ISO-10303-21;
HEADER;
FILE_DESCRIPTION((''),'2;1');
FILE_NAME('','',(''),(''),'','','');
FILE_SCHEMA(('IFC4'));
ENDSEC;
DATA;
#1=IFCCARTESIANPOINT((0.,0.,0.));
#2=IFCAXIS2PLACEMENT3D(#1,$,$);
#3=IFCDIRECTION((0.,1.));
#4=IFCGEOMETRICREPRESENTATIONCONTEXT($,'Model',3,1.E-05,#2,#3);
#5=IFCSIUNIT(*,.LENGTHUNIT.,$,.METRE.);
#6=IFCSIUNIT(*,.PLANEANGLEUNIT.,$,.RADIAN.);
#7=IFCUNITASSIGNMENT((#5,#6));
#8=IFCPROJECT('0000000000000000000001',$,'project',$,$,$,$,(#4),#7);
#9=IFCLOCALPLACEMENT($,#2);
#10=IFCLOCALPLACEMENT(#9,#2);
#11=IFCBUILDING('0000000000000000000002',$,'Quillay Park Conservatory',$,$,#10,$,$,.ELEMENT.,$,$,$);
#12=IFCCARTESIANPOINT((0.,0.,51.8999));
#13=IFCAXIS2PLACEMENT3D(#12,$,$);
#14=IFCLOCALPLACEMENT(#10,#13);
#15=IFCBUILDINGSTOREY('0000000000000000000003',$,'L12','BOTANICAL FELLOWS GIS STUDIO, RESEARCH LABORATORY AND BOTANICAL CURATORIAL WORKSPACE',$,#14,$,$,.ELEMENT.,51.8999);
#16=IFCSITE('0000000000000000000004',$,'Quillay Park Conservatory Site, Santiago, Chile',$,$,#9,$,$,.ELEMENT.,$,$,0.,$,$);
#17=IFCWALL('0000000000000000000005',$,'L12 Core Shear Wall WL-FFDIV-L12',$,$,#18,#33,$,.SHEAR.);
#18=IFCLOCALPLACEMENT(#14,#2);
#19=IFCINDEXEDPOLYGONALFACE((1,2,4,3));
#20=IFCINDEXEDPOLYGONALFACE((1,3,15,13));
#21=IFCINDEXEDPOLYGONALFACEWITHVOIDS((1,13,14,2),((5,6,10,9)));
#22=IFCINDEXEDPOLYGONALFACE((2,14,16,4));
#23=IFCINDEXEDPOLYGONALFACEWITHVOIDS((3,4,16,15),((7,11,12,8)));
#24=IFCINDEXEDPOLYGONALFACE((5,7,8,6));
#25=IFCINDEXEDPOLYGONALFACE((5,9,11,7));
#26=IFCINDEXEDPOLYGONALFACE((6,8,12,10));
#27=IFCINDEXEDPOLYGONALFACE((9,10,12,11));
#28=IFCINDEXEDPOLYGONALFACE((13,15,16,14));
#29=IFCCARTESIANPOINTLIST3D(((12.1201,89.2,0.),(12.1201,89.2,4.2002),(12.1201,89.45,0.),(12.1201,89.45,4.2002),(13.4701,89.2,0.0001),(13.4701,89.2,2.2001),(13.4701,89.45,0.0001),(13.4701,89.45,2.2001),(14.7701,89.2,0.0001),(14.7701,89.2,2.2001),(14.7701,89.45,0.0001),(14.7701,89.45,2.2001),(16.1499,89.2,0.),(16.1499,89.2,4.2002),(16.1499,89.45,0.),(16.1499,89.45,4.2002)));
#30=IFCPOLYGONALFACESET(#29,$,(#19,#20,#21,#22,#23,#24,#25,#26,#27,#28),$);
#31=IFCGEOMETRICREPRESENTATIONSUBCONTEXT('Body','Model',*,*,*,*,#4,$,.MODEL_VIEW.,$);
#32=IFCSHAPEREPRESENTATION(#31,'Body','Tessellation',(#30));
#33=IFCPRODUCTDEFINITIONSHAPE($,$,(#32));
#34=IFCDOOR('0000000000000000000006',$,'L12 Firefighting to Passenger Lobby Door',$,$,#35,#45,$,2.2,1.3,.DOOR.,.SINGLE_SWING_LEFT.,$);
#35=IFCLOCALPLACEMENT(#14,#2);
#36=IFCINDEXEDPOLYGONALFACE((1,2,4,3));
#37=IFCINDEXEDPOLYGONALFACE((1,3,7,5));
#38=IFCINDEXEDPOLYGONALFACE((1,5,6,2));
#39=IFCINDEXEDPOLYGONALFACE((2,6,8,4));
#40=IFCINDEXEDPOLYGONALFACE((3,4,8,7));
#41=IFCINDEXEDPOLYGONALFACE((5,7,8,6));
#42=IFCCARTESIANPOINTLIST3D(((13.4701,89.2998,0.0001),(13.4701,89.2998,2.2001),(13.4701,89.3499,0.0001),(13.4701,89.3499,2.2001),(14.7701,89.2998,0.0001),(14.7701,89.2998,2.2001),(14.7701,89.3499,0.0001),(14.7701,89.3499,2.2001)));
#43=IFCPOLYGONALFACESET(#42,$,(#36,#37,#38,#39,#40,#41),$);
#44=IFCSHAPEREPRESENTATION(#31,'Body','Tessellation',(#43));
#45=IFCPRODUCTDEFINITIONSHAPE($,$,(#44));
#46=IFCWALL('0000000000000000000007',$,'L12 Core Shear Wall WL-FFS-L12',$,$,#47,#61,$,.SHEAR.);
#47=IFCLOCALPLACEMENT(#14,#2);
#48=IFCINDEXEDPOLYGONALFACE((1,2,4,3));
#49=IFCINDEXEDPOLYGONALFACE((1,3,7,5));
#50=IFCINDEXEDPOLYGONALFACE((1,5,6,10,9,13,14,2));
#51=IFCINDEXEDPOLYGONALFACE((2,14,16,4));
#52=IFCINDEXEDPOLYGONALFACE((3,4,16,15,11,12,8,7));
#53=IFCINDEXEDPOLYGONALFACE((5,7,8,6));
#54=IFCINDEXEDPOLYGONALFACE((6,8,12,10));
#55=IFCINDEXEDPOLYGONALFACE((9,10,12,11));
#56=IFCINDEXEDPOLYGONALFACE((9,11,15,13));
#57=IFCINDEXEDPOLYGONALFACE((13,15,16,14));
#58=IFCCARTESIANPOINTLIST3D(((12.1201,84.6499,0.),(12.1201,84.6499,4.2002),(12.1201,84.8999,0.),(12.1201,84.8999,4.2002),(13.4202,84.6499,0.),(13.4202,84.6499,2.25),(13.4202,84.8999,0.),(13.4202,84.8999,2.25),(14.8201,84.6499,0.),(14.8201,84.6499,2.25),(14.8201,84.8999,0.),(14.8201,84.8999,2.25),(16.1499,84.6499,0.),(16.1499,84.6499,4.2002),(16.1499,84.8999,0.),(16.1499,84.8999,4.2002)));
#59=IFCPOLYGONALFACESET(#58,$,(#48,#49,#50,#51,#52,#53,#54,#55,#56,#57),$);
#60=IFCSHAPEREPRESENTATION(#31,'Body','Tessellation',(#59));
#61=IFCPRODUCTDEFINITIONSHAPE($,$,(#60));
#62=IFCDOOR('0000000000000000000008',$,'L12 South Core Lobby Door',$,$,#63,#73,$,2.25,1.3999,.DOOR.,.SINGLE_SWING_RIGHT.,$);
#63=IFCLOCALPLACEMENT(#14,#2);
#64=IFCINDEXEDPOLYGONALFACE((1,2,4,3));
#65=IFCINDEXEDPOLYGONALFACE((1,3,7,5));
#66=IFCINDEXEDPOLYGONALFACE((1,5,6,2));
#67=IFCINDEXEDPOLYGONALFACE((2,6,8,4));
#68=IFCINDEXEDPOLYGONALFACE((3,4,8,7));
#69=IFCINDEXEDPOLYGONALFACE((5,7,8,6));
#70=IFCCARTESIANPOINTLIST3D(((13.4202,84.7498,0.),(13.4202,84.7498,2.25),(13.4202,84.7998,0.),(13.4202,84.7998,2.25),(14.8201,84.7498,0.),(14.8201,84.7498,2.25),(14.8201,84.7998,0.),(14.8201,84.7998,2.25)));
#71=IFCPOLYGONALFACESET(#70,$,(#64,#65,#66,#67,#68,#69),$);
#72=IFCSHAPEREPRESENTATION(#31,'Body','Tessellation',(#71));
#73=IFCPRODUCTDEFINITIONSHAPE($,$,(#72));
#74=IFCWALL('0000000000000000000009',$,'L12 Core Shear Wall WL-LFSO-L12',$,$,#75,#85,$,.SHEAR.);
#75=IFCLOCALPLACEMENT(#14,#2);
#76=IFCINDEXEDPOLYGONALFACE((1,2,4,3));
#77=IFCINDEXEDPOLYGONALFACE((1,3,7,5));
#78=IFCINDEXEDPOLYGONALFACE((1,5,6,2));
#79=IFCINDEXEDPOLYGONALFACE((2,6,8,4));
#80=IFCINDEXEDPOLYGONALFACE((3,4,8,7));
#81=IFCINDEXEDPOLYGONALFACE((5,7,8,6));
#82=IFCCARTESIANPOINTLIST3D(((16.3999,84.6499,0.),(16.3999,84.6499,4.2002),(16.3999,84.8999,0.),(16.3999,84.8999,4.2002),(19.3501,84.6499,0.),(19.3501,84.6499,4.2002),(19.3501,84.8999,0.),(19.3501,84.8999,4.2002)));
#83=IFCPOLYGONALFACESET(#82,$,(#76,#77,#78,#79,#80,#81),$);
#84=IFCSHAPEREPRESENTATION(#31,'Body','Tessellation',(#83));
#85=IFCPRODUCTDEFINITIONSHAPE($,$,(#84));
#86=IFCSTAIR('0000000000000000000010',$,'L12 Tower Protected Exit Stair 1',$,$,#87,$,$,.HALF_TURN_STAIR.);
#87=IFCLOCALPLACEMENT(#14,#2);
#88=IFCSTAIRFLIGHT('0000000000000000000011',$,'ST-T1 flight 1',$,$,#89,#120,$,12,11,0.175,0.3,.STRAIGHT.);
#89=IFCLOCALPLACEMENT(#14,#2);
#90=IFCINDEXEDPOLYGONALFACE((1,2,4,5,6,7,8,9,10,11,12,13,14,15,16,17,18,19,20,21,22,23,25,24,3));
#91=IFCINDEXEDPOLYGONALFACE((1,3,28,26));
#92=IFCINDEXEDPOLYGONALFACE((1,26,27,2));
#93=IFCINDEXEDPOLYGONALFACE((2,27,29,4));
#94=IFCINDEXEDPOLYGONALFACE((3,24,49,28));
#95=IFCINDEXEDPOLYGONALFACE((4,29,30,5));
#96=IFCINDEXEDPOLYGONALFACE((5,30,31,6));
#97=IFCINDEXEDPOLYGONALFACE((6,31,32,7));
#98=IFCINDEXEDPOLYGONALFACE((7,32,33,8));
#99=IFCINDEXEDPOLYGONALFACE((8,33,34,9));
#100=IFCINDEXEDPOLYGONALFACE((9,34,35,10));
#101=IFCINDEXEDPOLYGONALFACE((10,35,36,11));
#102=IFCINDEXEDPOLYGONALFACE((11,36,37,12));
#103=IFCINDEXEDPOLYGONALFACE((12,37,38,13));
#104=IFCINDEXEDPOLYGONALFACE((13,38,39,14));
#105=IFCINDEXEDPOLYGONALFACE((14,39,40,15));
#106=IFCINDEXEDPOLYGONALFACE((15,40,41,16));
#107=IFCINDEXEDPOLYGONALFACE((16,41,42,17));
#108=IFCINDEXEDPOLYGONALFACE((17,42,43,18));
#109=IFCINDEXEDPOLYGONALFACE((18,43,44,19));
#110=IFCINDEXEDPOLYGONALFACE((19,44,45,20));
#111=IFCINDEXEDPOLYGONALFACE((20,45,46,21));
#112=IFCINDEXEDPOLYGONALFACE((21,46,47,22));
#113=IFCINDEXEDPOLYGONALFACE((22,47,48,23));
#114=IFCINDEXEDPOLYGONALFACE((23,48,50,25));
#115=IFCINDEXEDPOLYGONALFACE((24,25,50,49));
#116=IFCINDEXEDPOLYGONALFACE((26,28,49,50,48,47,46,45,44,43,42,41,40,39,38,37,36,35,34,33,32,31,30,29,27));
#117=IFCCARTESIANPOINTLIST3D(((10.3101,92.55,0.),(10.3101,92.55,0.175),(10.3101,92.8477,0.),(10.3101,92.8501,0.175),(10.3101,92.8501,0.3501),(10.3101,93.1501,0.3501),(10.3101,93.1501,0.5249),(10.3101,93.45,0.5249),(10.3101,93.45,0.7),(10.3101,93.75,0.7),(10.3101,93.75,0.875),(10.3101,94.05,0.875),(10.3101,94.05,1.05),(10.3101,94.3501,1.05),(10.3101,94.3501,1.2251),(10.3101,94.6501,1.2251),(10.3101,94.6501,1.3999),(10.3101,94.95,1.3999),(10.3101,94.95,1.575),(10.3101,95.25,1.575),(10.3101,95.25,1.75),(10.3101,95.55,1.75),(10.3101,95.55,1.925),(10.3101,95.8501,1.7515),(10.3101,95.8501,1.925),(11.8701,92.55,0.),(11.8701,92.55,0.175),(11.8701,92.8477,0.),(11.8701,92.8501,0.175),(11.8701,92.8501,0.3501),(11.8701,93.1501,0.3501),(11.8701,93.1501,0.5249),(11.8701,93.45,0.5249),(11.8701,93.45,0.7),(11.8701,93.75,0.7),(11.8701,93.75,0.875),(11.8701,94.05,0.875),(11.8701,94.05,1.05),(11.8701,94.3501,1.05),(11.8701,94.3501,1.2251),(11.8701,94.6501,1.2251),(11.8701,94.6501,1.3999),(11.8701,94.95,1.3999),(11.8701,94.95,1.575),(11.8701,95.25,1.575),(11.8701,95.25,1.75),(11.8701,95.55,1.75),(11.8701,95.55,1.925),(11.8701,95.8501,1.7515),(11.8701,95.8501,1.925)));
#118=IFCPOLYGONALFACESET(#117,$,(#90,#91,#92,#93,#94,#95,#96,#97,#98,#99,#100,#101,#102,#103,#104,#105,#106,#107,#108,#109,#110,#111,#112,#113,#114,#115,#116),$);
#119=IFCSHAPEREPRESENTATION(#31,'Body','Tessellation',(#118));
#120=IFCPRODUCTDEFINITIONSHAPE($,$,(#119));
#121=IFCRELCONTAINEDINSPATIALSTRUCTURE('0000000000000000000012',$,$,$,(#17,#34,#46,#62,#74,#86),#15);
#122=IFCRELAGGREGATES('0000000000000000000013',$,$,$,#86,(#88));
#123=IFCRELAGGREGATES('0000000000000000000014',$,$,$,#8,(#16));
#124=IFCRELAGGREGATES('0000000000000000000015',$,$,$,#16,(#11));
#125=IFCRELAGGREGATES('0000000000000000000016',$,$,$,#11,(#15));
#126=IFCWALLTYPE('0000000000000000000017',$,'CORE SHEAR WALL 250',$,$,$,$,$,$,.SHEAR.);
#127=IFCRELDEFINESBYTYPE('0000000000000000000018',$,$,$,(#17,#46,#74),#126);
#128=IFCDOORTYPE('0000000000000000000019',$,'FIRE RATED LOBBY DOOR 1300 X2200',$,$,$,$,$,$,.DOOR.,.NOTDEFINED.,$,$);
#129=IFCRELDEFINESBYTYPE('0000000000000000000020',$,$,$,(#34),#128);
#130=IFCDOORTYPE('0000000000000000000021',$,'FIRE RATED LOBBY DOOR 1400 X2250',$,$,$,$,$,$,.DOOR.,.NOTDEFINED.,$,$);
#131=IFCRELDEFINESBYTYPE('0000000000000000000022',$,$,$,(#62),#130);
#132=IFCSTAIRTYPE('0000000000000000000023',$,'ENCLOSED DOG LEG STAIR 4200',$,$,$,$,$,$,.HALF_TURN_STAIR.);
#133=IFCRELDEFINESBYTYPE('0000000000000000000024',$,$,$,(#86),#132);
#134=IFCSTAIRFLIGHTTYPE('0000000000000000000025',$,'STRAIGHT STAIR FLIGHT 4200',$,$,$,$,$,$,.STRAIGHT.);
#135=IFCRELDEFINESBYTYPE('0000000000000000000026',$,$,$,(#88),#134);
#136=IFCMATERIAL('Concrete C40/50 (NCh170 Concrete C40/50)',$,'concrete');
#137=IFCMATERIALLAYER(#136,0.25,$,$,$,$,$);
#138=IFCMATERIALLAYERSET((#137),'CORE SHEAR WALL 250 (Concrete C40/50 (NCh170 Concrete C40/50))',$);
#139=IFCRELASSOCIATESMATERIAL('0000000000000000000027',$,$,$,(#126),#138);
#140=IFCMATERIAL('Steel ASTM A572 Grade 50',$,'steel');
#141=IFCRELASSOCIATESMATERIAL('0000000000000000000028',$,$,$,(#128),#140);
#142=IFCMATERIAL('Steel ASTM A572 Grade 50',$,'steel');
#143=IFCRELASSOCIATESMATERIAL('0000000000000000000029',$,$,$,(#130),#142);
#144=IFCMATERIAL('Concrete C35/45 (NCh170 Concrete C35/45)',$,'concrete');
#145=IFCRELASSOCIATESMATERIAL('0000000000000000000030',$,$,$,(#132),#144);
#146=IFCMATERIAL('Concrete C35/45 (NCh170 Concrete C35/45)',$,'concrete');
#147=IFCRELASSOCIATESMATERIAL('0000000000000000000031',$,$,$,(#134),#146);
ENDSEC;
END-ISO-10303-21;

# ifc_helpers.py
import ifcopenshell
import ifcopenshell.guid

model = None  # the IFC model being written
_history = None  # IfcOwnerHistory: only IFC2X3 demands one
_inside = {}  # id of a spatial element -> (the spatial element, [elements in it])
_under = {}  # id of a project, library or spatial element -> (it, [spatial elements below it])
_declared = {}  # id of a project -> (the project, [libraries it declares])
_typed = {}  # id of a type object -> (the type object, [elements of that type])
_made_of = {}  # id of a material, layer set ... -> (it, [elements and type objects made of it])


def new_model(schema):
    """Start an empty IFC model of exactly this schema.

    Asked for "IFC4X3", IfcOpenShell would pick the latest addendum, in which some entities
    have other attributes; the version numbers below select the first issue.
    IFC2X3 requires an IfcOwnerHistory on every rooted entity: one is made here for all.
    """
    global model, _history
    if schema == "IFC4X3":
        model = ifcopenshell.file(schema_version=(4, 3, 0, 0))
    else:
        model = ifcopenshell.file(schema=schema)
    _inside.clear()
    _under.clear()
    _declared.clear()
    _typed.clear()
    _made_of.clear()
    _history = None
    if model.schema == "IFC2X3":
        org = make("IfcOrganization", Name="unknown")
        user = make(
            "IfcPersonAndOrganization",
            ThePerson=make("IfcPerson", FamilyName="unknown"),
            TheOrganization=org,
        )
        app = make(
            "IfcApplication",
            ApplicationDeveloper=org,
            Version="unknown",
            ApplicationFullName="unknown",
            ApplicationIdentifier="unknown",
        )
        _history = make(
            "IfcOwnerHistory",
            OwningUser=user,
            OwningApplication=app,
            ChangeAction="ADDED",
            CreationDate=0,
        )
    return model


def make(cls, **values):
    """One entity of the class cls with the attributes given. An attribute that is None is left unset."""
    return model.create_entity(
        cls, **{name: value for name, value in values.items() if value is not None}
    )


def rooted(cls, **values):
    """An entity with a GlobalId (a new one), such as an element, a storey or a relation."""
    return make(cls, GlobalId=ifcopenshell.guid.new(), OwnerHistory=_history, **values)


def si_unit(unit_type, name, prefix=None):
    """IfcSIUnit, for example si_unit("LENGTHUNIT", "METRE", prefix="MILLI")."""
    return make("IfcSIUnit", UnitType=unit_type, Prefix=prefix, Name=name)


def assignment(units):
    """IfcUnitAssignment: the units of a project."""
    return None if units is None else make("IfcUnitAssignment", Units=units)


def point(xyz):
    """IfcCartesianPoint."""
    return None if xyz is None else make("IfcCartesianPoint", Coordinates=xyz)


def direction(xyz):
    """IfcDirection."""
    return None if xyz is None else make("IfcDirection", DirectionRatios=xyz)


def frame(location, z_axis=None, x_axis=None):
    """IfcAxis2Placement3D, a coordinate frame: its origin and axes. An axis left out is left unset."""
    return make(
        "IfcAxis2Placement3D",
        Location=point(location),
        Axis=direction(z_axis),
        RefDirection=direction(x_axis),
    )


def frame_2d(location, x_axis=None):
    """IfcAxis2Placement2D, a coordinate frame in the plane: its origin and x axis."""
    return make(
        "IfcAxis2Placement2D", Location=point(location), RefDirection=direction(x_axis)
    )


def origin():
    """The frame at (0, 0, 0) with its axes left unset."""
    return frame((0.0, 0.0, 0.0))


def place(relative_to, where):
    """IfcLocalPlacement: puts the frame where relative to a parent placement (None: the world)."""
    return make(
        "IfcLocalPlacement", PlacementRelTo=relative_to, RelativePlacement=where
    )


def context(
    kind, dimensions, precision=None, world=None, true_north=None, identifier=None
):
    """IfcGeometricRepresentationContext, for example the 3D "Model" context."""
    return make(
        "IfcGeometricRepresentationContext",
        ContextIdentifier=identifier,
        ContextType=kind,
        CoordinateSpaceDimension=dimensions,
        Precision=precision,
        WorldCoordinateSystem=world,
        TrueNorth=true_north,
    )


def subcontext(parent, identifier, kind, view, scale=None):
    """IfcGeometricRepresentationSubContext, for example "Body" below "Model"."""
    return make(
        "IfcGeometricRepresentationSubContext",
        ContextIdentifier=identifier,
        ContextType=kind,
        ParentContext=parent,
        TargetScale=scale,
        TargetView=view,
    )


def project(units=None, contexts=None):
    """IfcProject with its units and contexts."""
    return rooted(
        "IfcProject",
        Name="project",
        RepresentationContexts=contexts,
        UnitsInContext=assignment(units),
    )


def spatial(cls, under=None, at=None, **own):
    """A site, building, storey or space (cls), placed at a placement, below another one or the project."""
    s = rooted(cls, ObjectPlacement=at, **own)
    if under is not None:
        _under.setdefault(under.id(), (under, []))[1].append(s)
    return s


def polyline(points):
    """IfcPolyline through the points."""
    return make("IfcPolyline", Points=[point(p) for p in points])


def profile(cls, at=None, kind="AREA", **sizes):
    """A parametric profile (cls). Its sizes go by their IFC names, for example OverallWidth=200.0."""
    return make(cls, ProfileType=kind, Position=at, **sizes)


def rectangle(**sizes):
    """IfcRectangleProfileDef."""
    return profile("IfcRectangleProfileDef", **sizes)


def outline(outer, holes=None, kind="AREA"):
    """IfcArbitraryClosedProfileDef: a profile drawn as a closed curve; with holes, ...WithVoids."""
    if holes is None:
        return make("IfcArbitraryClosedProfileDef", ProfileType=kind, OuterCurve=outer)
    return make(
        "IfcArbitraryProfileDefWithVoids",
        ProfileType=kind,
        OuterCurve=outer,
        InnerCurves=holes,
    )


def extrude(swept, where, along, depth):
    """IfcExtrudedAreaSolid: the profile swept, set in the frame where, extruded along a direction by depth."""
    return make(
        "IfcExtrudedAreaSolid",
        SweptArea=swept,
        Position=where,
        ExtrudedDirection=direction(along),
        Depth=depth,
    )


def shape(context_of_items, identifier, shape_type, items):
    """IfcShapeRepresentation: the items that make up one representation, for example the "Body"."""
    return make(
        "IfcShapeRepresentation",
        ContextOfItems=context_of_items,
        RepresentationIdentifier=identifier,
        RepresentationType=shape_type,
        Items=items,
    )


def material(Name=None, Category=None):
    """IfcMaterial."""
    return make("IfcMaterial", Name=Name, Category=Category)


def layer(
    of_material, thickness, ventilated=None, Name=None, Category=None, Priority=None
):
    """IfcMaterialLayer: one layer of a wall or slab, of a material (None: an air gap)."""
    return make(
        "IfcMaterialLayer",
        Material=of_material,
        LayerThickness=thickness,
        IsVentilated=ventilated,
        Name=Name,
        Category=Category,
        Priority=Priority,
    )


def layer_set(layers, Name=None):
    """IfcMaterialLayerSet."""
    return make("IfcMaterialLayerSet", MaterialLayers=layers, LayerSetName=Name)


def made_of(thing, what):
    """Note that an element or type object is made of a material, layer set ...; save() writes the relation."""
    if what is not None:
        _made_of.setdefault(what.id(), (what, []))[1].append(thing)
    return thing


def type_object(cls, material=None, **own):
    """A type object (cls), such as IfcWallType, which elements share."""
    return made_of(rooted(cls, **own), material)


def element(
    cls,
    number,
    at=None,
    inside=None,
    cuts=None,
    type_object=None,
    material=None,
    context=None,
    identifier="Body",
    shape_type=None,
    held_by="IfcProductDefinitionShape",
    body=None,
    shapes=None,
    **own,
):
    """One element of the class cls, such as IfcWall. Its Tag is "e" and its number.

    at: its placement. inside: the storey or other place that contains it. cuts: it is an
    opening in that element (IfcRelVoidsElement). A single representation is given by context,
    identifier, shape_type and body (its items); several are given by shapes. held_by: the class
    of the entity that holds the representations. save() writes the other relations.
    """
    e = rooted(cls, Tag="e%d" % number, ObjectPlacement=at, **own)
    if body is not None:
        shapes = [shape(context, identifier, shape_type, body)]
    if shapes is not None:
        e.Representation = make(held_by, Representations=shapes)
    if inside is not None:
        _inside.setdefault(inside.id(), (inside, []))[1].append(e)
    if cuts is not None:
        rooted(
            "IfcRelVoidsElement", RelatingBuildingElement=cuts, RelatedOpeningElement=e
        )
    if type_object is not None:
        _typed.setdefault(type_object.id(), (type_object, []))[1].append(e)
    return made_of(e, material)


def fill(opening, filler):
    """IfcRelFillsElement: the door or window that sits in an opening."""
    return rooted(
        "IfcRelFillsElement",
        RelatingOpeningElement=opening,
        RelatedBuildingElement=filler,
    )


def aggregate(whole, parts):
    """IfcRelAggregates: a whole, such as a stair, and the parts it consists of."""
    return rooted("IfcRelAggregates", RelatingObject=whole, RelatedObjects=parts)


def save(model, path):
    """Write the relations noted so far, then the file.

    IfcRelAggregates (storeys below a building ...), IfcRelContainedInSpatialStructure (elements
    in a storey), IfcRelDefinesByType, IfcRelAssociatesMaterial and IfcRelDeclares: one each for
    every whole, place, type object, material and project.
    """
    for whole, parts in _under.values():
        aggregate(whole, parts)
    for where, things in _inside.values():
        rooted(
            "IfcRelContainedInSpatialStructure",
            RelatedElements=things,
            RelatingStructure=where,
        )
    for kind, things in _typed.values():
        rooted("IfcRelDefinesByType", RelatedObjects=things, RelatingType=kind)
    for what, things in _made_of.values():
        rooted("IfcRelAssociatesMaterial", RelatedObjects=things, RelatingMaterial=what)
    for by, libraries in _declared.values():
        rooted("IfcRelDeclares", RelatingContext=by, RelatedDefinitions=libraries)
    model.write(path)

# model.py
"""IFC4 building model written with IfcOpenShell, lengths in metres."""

from ifc_helpers import new_model, si_unit, direction, frame, frame_2d, origin, place, context, subcontext, project, spatial, polyline, rectangle, outline, extrude, material, layer, layer_set, type_object, element, fill, aggregate, save


model = new_model("IFC4")

# Units and contexts
model_context = context("Model", 3, precision=1e-05, world=origin(), true_north=direction((0.0, 1.0)))
body_context = subcontext(model_context, "Body", "Model", "MODEL_VIEW")
ifc_project = project(units=[si_unit("LENGTHUNIT", "METRE"), si_unit("PLANEANGLEUNIT", "RADIAN")], contexts=[model_context])

# Site, building, storey
site_placement = place(None, origin())
site = spatial("IfcSite", under=ifc_project, at=site_placement, Name="Quillay Park Conservatory Site, Santiago, Chile", CompositionType="ELEMENT", RefElevation=0.0)
building_placement = place(site_placement, origin())
building = spatial("IfcBuilding", under=site, at=building_placement, Name="Quillay Park Conservatory", CompositionType="ELEMENT")
storey_placement = place(building_placement, frame((0.0, 0.0, 51.8999)))
storey = spatial("IfcBuildingStorey", under=building, at=storey_placement, Name="L12", Description="BOTANICAL FELLOWS GIS STUDIO, RESEARCH LABORATORY AND BOTANICAL CURATORIAL WORKSPACE", CompositionType="ELEMENT", Elevation=51.8999)

# Shared definitions
ifc_material_1 = material(Name="Concrete C40/50 (NCh170 Concrete C40/50)", Category="concrete")
ifc_layer_1 = layer(ifc_material_1, 0.25)
ifc_layer_set_1 = layer_set([ifc_layer_1], Name="CORE SHEAR WALL 250 (Concrete C40/50 (NCh170 Concrete C40/50))")
wall_type_1 = type_object("IfcWallType", Name="CORE SHEAR WALL 250", PredefinedType="SHEAR", material=ifc_layer_set_1)

# Walls, openings, doors
wall_1_placement = place(storey_placement, frame((12.1201, 89.325, 0.0), z_axis=(0.0, 0.0, 1.0), x_axis=(1.0, 0.0, 0.0)))
wall_1 = element("IfcWall", 1, at=wall_1_placement, inside=storey, type_object=wall_type_1, Name="L12 Core Shear Wall WL-FFDIV-L12", PredefinedType="SHEAR", context=body_context, shape_type="SweptSolid", body=[
    extrude(rectangle(XDim=4.0298, YDim=0.25, at=frame_2d((2.0149, 0.0))), origin(), (0.0, 0.0, 1.0), 4.2002),
])
opening_1_placement = place(wall_1_placement, frame((1.3501, 0.0, 0.0)))
opening_1 = element("IfcOpeningElement", 2, at=opening_1_placement, cuts=wall_1, PredefinedType="OPENING", context=body_context, shape_type="SweptSolid", body=[
    extrude(rectangle(XDim=1.3, YDim=2.2, at=frame_2d((0.6499, 1.1001))), frame((0.0, 0.125, 0.0), z_axis=(0.0, -1.0, 0.0), x_axis=(1.0, 0.0, 0.0)), (0.0, 0.0, 1.0), 0.25),
])
ifc_material_2 = material(Name="Steel ASTM A572 Grade 50", Category="steel")
door_type_1 = type_object("IfcDoorType", Name="FIRE RATED LOBBY DOOR 1300 X2200", OperationType="NOTDEFINED", PredefinedType="DOOR", material=ifc_material_2)
door_1_placement = place(opening_1_placement, origin())
door_1 = element("IfcDoor", 3, at=door_1_placement, inside=storey, type_object=door_type_1, Name="L12 Firefighting to Passenger Lobby Door", OperationType="SINGLE_SWING_LEFT", OverallHeight=2.2, OverallWidth=1.3, PredefinedType="DOOR", context=body_context, shape_type="SweptSolid", body=[
    extrude(rectangle(XDim=1.3, YDim=2.2, at=frame_2d((0.6499, 1.1001))), frame((0.0, 0.0249, 0.0), z_axis=(0.0, -1.0, 0.0), x_axis=(1.0, 0.0, 0.0)), (0.0, 0.0, 1.0), 0.05),
])
fill(opening_1, door_1)
wall_2_placement = place(storey_placement, frame((12.1201, 84.7749, 0.0), z_axis=(0.0, 0.0, 1.0), x_axis=(1.0, 0.0, 0.0)))
wall_2 = element("IfcWall", 4, at=wall_2_placement, inside=storey, type_object=wall_type_1, Name="L12 Core Shear Wall WL-FFS-L12", PredefinedType="SHEAR", context=body_context, shape_type="SweptSolid", body=[
    extrude(rectangle(XDim=4.0298, YDim=0.25, at=frame_2d((2.0149, 0.0))), origin(), (0.0, 0.0, 1.0), 4.2002),
])
opening_2_placement = place(wall_2_placement, frame((1.3, 0.0, 0.0)))
opening_2 = element("IfcOpeningElement", 5, at=opening_2_placement, cuts=wall_2, PredefinedType="OPENING", context=body_context, shape_type="SweptSolid", body=[
    extrude(rectangle(XDim=1.3999, YDim=2.25, at=frame_2d((0.7, 1.125))), frame((0.0, 0.125, 0.0), z_axis=(0.0, -1.0, 0.0), x_axis=(1.0, 0.0, 0.0)), (0.0, 0.0, 1.0), 0.25),
])
ifc_material_3 = material(Name="Steel ASTM A572 Grade 50", Category="steel")
door_type_2 = type_object("IfcDoorType", Name="FIRE RATED LOBBY DOOR 1400 X2250", OperationType="NOTDEFINED", PredefinedType="DOOR", material=ifc_material_3)
door_2_placement = place(opening_2_placement, origin())
door_2 = element("IfcDoor", 6, at=door_2_placement, inside=storey, type_object=door_type_2, Name="L12 South Core Lobby Door", OperationType="SINGLE_SWING_RIGHT", OverallHeight=2.25, OverallWidth=1.3999, PredefinedType="DOOR", context=body_context, shape_type="SweptSolid", body=[
    extrude(rectangle(XDim=1.3999, YDim=2.25, at=frame_2d((0.7, 1.125))), frame((0.0, 0.0249, 0.0), z_axis=(0.0, -1.0, 0.0), x_axis=(1.0, 0.0, 0.0)), (0.0, 0.0, 1.0), 0.05),
])
fill(opening_2, door_2)

# Wall
wall_3_placement = place(storey_placement, frame((16.3999, 84.7749, 0.0), z_axis=(0.0, 0.0, 1.0), x_axis=(1.0, 0.0, 0.0)))
element("IfcWall", 7, at=wall_3_placement, inside=storey, type_object=wall_type_1, Name="L12 Core Shear Wall WL-LFSO-L12", PredefinedType="SHEAR", context=body_context, shape_type="SweptSolid", body=[
    extrude(rectangle(XDim=2.9502, YDim=0.25, at=frame_2d((1.4751, 0.0))), origin(), (0.0, 0.0, 1.0), 4.2002),
])

# Stair, stair flight
ifc_material_4 = material(Name="Concrete C35/45 (NCh170 Concrete C35/45)", Category="concrete")
stair_type = type_object("IfcStairType", Name="ENCLOSED DOG LEG STAIR 4200", PredefinedType="HALF_TURN_STAIR", material=ifc_material_4)
stair_placement = place(storey_placement, origin())
stair = element("IfcStair", 8, at=stair_placement, inside=storey, type_object=stair_type, Name="L12 Tower Protected Exit Stair 1", PredefinedType="HALF_TURN_STAIR")
ifc_material_5 = material(Name="Concrete C35/45 (NCh170 Concrete C35/45)", Category="concrete")
stair_flight_type = type_object("IfcStairFlightType", Name="STRAIGHT STAIR FLIGHT 4200", PredefinedType="STRAIGHT", material=ifc_material_5)
stair_flight_placement = place(storey_placement, frame((11.0901, 92.55, 0.0), z_axis=(0.0, 0.0, 1.0), x_axis=(0.0, 1.0, 0.0)))
stair_flight = element("IfcStairFlight", 9, at=stair_flight_placement, type_object=stair_flight_type, Name="ST-T1 flight 1", NumberOfRisers=12, NumberOfTreads=11, PredefinedType="STRAIGHT", RiserHeight=0.175, TreadLength=0.3, context=body_context, shape_type="SweptSolid", body=[
    extrude(outline(polyline([(0.0, 0.0), (0.0, 0.175), (0.3, 0.175), (0.3, 0.3501), (0.6001, 0.3501), (0.6001, 0.5249), (0.8999, 0.5249), (0.8999, 0.7), (1.2, 0.7), (1.2, 0.875), (1.5, 0.875), (1.5, 1.05), (1.8, 1.05), (1.8, 1.2251), (2.1001, 1.2251), (2.1001, 1.3999), (2.3999, 1.3999), (2.3999, 1.575), (2.7, 1.575), (2.7, 1.75), (3.0, 1.75), (3.0, 1.925), (3.3, 1.925), (3.3, 2.1001), (3.3, 1.7515), (0.2976, 0.0), (0.0, 0.0)])), frame((0.0, 0.78, 0.0), z_axis=(0.0, -1.0, 0.0), x_axis=(1.0, 0.0, 0.0)), (0.0, 0.0, 1.0), 1.5601),
])
aggregate(stair, [stair_flight])

save(model, "model.ifc")
